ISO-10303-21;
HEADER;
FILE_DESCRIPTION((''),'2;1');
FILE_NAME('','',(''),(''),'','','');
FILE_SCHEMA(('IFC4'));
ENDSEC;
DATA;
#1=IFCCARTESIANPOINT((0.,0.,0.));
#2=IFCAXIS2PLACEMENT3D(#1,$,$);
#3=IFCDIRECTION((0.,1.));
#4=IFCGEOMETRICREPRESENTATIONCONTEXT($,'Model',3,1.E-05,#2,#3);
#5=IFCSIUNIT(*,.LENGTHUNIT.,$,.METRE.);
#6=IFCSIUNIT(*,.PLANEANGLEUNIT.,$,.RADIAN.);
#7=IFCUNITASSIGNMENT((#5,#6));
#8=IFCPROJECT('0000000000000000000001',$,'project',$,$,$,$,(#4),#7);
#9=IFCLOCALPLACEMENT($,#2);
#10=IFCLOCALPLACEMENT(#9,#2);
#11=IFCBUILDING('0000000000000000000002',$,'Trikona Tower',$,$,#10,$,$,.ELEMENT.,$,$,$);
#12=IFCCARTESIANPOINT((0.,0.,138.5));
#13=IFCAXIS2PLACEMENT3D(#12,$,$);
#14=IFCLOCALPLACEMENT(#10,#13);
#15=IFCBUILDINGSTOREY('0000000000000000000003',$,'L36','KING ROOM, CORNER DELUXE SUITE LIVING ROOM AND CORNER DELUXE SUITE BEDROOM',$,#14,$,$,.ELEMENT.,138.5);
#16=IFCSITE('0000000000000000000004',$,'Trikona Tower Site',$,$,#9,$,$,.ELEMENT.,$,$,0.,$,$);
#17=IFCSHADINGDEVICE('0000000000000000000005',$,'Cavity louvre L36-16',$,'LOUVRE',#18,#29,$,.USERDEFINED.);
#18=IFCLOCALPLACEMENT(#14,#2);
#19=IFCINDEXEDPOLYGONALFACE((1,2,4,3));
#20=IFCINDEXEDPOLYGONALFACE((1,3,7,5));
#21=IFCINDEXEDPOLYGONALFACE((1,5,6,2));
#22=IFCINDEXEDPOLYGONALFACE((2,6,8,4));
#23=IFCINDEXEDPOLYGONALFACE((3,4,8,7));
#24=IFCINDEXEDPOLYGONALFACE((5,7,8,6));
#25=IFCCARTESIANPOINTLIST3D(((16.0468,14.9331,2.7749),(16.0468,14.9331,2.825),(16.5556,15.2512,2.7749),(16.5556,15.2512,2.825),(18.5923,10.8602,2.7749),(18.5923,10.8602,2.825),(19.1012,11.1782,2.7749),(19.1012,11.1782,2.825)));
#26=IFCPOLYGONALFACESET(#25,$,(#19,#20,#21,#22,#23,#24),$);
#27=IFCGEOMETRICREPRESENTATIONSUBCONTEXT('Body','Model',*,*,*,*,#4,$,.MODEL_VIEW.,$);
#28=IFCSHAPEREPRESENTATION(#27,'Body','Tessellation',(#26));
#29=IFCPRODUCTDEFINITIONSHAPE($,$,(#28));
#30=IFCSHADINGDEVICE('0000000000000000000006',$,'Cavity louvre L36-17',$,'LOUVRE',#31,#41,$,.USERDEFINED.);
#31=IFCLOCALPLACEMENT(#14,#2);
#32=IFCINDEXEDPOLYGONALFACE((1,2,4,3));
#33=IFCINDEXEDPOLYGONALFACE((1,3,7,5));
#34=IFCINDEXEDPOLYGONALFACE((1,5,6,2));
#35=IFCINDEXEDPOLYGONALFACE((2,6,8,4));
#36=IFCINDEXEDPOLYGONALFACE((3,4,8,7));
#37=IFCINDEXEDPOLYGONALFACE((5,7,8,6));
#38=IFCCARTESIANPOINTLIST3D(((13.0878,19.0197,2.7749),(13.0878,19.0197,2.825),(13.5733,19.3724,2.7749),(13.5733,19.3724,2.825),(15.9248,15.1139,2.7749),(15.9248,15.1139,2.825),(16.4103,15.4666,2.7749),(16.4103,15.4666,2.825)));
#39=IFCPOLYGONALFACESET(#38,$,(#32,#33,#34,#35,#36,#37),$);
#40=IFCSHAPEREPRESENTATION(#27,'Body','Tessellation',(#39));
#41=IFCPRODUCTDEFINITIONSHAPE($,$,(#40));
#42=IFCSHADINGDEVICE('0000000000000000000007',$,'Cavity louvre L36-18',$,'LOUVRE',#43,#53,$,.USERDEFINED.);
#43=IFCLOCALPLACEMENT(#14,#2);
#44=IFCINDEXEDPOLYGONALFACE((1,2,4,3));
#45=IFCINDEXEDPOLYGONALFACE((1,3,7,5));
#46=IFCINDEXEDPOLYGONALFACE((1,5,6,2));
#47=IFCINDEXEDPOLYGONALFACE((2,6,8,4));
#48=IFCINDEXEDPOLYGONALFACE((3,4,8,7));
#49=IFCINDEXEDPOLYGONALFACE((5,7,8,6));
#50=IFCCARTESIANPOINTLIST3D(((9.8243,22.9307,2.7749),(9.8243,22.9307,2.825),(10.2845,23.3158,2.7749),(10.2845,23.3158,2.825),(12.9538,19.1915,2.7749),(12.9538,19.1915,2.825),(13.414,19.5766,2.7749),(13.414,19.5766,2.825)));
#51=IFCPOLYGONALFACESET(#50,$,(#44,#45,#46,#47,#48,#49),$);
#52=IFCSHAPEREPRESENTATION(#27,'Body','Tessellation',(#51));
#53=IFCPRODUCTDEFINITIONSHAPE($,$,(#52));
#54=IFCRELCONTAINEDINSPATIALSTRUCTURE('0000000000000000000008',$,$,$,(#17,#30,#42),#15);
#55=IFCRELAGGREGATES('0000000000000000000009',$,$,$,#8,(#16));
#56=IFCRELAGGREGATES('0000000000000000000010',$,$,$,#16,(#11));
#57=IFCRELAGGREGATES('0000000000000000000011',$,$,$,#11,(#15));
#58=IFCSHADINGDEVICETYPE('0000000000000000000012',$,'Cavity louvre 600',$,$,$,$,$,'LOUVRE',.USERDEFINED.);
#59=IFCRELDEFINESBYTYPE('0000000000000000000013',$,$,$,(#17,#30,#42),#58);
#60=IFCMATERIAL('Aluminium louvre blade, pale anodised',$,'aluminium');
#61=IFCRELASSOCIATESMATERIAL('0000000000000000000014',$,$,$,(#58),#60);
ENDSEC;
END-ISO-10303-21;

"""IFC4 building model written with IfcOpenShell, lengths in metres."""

from ifc_helpers import new_model, si_unit, direction, frame, origin, origin_2d, place, context, subcontext, project, spatial, rectangle, extrude, material, type_object, element, save


model = new_model("IFC4")

# Units and contexts
model_context = context("Model", 3, precision=1e-05, world=origin(), true_north=direction((0.0, 1.0)))
body_context = subcontext(model_context, "Body", "Model", "MODEL_VIEW")
ifc_project = project(units=[si_unit("LENGTHUNIT", "METRE"), si_unit("PLANEANGLEUNIT", "RADIAN")], contexts=[model_context])

# Site, building, storey
site_placement = place(None, origin())
site = spatial("IfcSite", under=ifc_project, at=site_placement, Name="Trikona Tower Site", CompositionType="ELEMENT", RefElevation=0.0)
building_placement = place(site_placement, origin())
building = spatial("IfcBuilding", under=site, at=building_placement, Name="Trikona Tower", CompositionType="ELEMENT")
storey_placement = place(building_placement, frame((0.0, 0.0, 138.5)))
storey = spatial("IfcBuildingStorey", under=building, at=storey_placement, Name="L36", Description="KING ROOM, CORNER DELUXE SUITE LIVING ROOM AND CORNER DELUXE SUITE BEDROOM", CompositionType="ELEMENT", Elevation=138.5)

# Shading devices
ifc_material_1 = material(Name="Aluminium louvre blade, pale anodised", Category="aluminium")
shading_device_type = type_object("IfcShadingDeviceType", Name="Cavity louvre 600", ElementType="LOUVRE", PredefinedType="USERDEFINED", material=ifc_material_1)
shading_device_1_placement = place(storey_placement, frame((17.574, 13.0557, 2.7749), z_axis=(0.0, 0.0, 1.0), x_axis=(-0.529995, 0.848001, 0.0)))
element("IfcShadingDevice", 1, at=shading_device_1_placement, inside=storey, type_object=shading_device_type, Name="Cavity louvre L36-16", ObjectType="LOUVRE", PredefinedType="USERDEFINED", context=body_context, shape_type="SweptSolid", body=[
    extrude(rectangle(XDim=4.803, YDim=0.6001, at=origin_2d()), origin(), (0.0, 0.0, 1.0), 0.05),
])
shading_device_2_placement = place(storey_placement, frame((14.749, 17.2432, 2.7749), z_axis=(0.0, 0.0, 1.0), x_axis=(-0.587686, 0.809089, 0.0)))
element("IfcShadingDevice", 2, at=shading_device_2_placement, inside=storey, type_object=shading_device_type, Name="Cavity louvre L36-17", ObjectType="LOUVRE", PredefinedType="USERDEFINED", context=body_context, shape_type="SweptSolid", body=[
    extrude(rectangle(XDim=4.8274, YDim=0.6001, at=origin_2d()), origin(), (0.0, 0.0, 1.0), 0.05),
])
shading_device_3_placement = place(storey_placement, frame((11.6191, 21.2537, 2.7749), z_axis=(0.0, 0.0, 1.0), x_axis=(-0.641807, 0.766866, 0.0)))
element("IfcShadingDevice", 3, at=shading_device_3_placement, inside=storey, type_object=shading_device_type, Name="Cavity louvre L36-18", ObjectType="LOUVRE", PredefinedType="USERDEFINED", context=body_context, shape_type="SweptSolid", body=[
    extrude(rectangle(XDim=4.876, YDim=0.6001, at=origin_2d()), origin(), (0.0, 0.0, 1.0), 0.05),
])

save(model, "model.ifc")
